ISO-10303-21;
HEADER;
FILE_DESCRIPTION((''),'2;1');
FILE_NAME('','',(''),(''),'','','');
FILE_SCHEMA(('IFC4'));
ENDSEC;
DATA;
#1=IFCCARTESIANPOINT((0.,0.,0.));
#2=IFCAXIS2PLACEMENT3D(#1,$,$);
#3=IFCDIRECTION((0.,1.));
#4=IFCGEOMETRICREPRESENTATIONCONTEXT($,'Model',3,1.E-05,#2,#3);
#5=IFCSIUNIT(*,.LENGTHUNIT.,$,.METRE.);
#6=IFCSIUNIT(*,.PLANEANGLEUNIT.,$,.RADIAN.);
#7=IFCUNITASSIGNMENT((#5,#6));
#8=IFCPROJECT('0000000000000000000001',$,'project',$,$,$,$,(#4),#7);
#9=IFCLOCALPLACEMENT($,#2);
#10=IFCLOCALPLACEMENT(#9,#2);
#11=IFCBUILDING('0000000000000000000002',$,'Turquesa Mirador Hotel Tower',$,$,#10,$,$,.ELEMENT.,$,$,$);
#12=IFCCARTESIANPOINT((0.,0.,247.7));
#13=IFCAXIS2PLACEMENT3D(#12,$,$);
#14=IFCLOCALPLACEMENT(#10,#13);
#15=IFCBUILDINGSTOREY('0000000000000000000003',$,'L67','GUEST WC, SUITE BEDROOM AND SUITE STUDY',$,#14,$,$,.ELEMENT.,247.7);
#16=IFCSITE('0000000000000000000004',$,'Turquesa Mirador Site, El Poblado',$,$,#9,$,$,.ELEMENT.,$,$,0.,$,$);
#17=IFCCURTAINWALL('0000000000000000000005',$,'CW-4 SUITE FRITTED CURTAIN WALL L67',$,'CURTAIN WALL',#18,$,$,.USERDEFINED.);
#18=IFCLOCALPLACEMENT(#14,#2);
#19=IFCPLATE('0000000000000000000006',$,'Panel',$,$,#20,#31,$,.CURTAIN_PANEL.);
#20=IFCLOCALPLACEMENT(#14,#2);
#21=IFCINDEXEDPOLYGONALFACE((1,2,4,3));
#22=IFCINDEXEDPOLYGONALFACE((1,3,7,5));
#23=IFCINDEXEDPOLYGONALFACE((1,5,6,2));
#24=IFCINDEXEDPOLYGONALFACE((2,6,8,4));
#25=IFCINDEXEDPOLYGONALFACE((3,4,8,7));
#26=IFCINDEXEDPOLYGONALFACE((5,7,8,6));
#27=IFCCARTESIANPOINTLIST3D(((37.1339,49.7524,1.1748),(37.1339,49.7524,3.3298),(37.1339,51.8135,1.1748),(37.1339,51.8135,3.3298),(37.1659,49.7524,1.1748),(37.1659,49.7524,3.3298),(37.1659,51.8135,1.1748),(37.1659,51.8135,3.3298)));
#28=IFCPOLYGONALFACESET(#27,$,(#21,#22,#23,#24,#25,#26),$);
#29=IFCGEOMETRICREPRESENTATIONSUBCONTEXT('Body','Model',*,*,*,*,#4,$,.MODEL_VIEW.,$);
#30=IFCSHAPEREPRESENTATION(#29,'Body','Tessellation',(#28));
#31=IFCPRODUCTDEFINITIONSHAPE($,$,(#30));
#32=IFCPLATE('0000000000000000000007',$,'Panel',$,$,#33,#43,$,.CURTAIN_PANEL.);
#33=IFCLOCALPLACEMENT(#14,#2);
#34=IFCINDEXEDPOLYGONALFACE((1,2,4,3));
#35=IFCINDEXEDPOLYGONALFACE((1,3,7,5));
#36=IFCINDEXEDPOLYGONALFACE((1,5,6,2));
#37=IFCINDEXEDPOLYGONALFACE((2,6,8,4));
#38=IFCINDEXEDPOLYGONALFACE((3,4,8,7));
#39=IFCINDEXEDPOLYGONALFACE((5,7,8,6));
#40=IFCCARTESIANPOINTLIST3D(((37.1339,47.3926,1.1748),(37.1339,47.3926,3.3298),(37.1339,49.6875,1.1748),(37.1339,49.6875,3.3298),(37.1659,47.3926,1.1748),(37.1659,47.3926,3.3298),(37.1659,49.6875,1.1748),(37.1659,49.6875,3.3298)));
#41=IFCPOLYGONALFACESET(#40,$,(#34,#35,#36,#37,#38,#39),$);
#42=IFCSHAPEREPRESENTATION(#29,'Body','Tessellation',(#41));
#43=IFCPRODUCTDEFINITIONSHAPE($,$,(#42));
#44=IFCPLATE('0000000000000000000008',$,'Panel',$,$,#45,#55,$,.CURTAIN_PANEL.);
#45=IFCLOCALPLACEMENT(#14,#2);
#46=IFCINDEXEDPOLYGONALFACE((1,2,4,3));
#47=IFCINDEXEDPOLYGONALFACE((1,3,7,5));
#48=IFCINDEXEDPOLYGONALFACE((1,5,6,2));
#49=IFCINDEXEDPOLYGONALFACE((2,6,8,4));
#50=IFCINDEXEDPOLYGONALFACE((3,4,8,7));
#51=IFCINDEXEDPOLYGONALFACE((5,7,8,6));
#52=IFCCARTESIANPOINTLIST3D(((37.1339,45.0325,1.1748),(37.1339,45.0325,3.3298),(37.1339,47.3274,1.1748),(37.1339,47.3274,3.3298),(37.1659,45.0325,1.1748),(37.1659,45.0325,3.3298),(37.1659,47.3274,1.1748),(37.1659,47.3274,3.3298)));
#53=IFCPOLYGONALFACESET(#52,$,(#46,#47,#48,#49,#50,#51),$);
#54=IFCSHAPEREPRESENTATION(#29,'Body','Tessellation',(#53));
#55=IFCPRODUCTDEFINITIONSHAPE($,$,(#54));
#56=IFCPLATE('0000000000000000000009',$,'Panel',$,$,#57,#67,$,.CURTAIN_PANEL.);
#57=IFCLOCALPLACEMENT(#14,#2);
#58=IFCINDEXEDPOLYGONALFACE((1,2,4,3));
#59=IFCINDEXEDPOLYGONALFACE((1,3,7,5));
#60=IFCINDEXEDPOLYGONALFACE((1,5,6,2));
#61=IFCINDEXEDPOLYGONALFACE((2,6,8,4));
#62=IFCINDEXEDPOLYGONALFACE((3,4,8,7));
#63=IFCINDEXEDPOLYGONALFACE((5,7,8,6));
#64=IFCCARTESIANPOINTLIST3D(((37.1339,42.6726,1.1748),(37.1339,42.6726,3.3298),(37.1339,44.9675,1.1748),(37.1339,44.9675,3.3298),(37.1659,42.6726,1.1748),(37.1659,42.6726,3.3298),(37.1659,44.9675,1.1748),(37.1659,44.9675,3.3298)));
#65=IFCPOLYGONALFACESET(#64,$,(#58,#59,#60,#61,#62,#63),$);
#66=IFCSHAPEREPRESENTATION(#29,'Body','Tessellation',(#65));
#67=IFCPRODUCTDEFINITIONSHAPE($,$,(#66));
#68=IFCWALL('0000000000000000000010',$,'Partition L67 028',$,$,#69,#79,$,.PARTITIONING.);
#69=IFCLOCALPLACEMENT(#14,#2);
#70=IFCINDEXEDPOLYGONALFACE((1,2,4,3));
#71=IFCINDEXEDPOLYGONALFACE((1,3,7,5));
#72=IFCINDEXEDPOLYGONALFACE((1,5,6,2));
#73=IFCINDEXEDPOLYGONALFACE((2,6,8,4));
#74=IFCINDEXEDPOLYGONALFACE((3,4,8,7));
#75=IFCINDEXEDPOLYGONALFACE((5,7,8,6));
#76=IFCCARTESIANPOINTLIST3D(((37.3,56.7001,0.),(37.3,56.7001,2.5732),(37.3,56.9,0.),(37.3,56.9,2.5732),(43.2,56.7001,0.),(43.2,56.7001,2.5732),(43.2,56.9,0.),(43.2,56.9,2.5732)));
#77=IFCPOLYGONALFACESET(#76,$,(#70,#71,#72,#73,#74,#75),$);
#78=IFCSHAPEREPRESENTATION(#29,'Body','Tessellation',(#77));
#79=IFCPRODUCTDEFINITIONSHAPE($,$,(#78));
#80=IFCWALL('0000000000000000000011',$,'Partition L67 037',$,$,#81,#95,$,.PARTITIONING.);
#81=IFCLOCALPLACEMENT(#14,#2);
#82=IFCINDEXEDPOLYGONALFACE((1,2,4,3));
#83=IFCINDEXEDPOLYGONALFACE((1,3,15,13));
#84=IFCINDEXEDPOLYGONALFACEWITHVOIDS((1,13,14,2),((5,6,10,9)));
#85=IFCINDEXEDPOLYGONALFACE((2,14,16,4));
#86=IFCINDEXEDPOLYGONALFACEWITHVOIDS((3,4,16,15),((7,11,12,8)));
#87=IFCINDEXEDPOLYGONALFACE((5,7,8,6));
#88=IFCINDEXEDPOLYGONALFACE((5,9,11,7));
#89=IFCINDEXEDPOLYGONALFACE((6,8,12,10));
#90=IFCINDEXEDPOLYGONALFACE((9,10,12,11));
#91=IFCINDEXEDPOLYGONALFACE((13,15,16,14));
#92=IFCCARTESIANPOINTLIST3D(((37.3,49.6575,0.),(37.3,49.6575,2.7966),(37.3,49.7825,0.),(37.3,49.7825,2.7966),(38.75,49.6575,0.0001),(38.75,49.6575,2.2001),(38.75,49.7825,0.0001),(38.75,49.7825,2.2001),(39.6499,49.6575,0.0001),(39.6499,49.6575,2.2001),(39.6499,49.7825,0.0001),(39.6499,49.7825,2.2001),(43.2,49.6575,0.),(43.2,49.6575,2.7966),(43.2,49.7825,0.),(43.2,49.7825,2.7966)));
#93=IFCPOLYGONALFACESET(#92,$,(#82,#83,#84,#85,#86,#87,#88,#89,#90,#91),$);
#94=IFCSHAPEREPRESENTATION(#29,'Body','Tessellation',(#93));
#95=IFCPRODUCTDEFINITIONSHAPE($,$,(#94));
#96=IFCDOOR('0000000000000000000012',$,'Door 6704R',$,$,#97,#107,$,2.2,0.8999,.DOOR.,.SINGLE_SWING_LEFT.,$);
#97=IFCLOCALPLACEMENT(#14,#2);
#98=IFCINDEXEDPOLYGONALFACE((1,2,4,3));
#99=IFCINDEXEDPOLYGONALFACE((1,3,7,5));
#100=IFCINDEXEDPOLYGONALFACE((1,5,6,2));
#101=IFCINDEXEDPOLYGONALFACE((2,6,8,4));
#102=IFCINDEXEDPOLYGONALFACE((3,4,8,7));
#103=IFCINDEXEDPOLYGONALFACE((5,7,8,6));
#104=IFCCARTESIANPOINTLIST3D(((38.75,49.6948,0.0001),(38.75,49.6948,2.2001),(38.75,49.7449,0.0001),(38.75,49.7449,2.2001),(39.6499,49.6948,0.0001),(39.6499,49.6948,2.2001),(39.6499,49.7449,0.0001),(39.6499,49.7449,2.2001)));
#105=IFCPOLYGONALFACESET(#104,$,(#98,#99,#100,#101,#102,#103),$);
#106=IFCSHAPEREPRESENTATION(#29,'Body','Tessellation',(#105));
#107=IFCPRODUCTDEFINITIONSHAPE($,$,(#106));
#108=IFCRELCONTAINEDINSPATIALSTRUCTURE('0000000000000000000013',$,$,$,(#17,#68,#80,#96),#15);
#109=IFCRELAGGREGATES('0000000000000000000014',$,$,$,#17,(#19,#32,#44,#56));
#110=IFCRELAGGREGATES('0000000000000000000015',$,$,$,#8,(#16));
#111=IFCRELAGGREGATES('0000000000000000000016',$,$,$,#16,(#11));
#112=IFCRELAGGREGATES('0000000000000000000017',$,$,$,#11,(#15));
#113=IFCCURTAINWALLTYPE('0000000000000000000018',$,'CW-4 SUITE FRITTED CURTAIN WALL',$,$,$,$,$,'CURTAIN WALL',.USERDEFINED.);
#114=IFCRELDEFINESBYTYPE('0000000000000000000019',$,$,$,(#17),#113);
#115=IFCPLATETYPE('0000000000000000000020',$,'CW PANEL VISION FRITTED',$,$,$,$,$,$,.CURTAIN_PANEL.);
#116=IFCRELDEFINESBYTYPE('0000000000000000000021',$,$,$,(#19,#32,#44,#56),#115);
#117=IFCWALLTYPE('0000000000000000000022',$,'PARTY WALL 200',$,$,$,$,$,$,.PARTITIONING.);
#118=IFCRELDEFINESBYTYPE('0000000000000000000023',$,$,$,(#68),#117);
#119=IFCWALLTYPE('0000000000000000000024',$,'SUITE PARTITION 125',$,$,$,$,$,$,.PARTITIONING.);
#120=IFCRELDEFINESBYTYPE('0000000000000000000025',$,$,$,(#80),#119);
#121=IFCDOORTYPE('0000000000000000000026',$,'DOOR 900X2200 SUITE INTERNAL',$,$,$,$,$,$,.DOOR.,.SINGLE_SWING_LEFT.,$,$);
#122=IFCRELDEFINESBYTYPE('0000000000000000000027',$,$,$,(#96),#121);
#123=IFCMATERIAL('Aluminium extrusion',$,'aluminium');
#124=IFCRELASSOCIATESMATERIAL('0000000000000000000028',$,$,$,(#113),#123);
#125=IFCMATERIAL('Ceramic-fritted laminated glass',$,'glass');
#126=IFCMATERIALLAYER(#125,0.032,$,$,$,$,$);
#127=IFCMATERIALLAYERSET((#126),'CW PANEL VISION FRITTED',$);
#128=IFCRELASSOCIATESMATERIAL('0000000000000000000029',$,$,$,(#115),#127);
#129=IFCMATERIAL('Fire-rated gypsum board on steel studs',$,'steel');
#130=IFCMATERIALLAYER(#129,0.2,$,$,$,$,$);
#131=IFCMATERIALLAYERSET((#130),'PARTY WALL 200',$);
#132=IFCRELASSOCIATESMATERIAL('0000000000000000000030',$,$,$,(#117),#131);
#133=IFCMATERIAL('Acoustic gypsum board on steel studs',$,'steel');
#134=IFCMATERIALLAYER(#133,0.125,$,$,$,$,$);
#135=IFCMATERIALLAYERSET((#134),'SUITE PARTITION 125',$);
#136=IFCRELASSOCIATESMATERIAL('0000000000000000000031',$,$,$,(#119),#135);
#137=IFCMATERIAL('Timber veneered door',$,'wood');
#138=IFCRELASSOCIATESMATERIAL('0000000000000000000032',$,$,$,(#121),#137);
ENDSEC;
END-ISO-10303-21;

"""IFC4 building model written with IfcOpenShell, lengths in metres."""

from ifc_helpers import new_model, si_unit, direction, frame, frame_2d, origin, origin_2d, place, context, subcontext, project, spatial, rectangle, extrude, material, layer, layer_set, type_object, element, fill, aggregate, save


model = new_model("IFC4")

# Units and contexts
model_context = context("Model", 3, precision=1e-05, world=origin(), true_north=direction((0.0, 1.0)))
body_context = subcontext(model_context, "Body", "Model", "MODEL_VIEW")
ifc_project = project(units=[si_unit("LENGTHUNIT", "METRE"), si_unit("PLANEANGLEUNIT", "RADIAN")], contexts=[model_context])

# Site, building, storey
site_placement = place(None, origin())
site = spatial("IfcSite", under=ifc_project, at=site_placement, Name="Turquesa Mirador Site, El Poblado", CompositionType="ELEMENT", RefElevation=0.0)
building_placement = place(site_placement, origin())
building = spatial("IfcBuilding", under=site, at=building_placement, Name="Turquesa Mirador Hotel Tower", CompositionType="ELEMENT")
storey_placement = place(building_placement, frame((0.0, 0.0, 247.7)))
storey = spatial("IfcBuildingStorey", under=building, at=storey_placement, Name="L67", Description="GUEST WC, SUITE BEDROOM AND SUITE STUDY", CompositionType="ELEMENT", Elevation=247.7)

# Curtain wall
ifc_material_1 = material(Name="Aluminium extrusion", Category="aluminium")
curtain_wall_type = type_object("IfcCurtainWallType", Name="CW-4 SUITE FRITTED CURTAIN WALL", ElementType="CURTAIN WALL", PredefinedType="USERDEFINED", material=ifc_material_1)
curtain_wall_1_placement = place(storey_placement, origin())
curtain_wall_1 = element("IfcCurtainWall", 1, at=curtain_wall_1_placement, inside=storey, type_object=curtain_wall_type, Name="CW-4 SUITE FRITTED CURTAIN WALL L67", ObjectType="CURTAIN WALL", PredefinedType="USERDEFINED")

# Plates
ifc_material_2 = material(Name="Ceramic-fritted laminated glass", Category="glass")
ifc_layer_1 = layer(ifc_material_2, 0.032)
ifc_layer_set_1 = layer_set([ifc_layer_1], Name="CW PANEL VISION FRITTED")
plate_type_1 = type_object("IfcPlateType", Name="CW PANEL VISION FRITTED", PredefinedType="CURTAIN_PANEL", material=ifc_layer_set_1)
plate_1_placement = place(storey_placement, frame((37.1499, 50.783, 1.1748), z_axis=(0.0, 0.0, 1.0), x_axis=(0.0, -1.0, 0.0)))
plate_1 = element("IfcPlate", 2, at=plate_1_placement, type_object=plate_type_1, Name="Panel", PredefinedType="CURTAIN_PANEL", context=body_context, shape_type="SweptSolid", body=[
    extrude(rectangle(XDim=2.061, YDim=0.032, at=origin_2d()), origin(), (0.0, 0.0, 1.0), 2.155),
])
plate_2_placement = place(storey_placement, frame((37.1499, 48.54, 1.1748), z_axis=(0.0, 0.0, 1.0), x_axis=(0.0, -1.0, 0.0)))
plate_2 = element("IfcPlate", 3, at=plate_2_placement, type_object=plate_type_1, Name="Panel", PredefinedType="CURTAIN_PANEL", context=body_context, shape_type="SweptSolid", body=[
    extrude(rectangle(XDim=2.2949, YDim=0.032, at=origin_2d()), origin(), (0.0, 0.0, 1.0), 2.155),
])
plate_3_placement = place(storey_placement, frame((37.1499, 46.1799, 1.1748), z_axis=(0.0, 0.0, 1.0), x_axis=(0.0, -1.0, 0.0)))
plate_3 = element("IfcPlate", 4, at=plate_3_placement, type_object=plate_type_1, Name="Panel", PredefinedType="CURTAIN_PANEL", context=body_context, shape_type="SweptSolid", body=[
    extrude(rectangle(XDim=2.2949, YDim=0.032, at=origin_2d()), origin(), (0.0, 0.0, 1.0), 2.155),
])
plate_4_placement = place(storey_placement, frame((37.1499, 43.8201, 1.1748), z_axis=(0.0, 0.0, 1.0), x_axis=(0.0, -1.0, 0.0)))
plate_4 = element("IfcPlate", 5, at=plate_4_placement, type_object=plate_type_1, Name="Panel", PredefinedType="CURTAIN_PANEL", context=body_context, shape_type="SweptSolid", body=[
    extrude(rectangle(XDim=2.2949, YDim=0.032, at=origin_2d()), origin(), (0.0, 0.0, 1.0), 2.155),
])
aggregate(curtain_wall_1, [plate_1, plate_2, plate_3, plate_4])

# Wall
ifc_material_3 = material(Name="Fire-rated gypsum board on steel studs", Category="steel")
ifc_layer_2 = layer(ifc_material_3, 0.2)
ifc_layer_set_2 = layer_set([ifc_layer_2], Name="PARTY WALL 200")
wall_type_1 = type_object("IfcWallType", Name="PARTY WALL 200", PredefinedType="PARTITIONING", material=ifc_layer_set_2)
wall_1_placement = place(storey_placement, frame((37.3, 56.8, 0.0), z_axis=(0.0, 0.0, 1.0), x_axis=(1.0, 0.0, 0.0)))
element("IfcWall", 6, at=wall_1_placement, inside=storey, type_object=wall_type_1, Name="Partition L67 028", PredefinedType="PARTITIONING", context=body_context, shape_type="SweptSolid", body=[
    extrude(rectangle(XDim=5.8999, YDim=0.2, at=frame_2d((2.95, 0.0))), origin(), (0.0, 0.0, 1.0), 2.5732),
])

# Wall, opening, door
ifc_material_4 = material(Name="Acoustic gypsum board on steel studs", Category="steel")
ifc_layer_3 = layer(ifc_material_4, 0.125)
ifc_layer_set_3 = layer_set([ifc_layer_3], Name="SUITE PARTITION 125")
wall_type_2 = type_object("IfcWallType", Name="SUITE PARTITION 125", PredefinedType="PARTITIONING", material=ifc_layer_set_3)
wall_2_placement = place(storey_placement, frame((37.3, 49.72, 0.0), z_axis=(0.0, 0.0, 1.0), x_axis=(1.0, 0.0, 0.0)))
wall_2 = element("IfcWall", 7, at=wall_2_placement, inside=storey, type_object=wall_type_2, Name="Partition L67 037", PredefinedType="PARTITIONING", context=body_context, shape_type="SweptSolid", body=[
    extrude(rectangle(XDim=5.8999, YDim=0.125, at=frame_2d((2.95, 0.0))), origin(), (0.0, 0.0, 1.0), 2.7966),
])
opening_placement = place(wall_2_placement, frame((1.45, 0.0, 0.0)))
opening = element("IfcOpeningElement", 8, at=opening_placement, cuts=wall_2, PredefinedType="OPENING", context=body_context, shape_type="SweptSolid", body=[
    extrude(rectangle(XDim=0.8999, YDim=2.2, at=frame_2d((0.45, 1.1001))), frame((0.0, 0.0725, 0.0), z_axis=(0.0, -1.0, 0.0), x_axis=(1.0, 0.0, 0.0)), (0.0, 0.0, 1.0), 0.145),
])
ifc_material_5 = material(Name="Timber veneered door", Category="wood")
door_type = type_object("IfcDoorType", Name="DOOR 900X2200 SUITE INTERNAL", OperationType="SINGLE_SWING_LEFT", PredefinedType="DOOR", material=ifc_material_5)
door_placement = place(opening_placement, origin())
door = element("IfcDoor", 9, at=door_placement, inside=storey, type_object=door_type, Name="Door 6704R", OperationType="SINGLE_SWING_LEFT", OverallHeight=2.2, OverallWidth=0.8999, PredefinedType="DOOR", context=body_context, shape_type="SweptSolid", body=[
    extrude(rectangle(XDim=0.8999, YDim=2.2, at=frame_2d((0.45, 1.1001))), frame((0.0, 0.0249, 0.0), z_axis=(0.0, -1.0, 0.0), x_axis=(1.0, 0.0, 0.0)), (0.0, 0.0, 1.0), 0.05),
])
fill(opening, door)

save(model, "model.ifc")
